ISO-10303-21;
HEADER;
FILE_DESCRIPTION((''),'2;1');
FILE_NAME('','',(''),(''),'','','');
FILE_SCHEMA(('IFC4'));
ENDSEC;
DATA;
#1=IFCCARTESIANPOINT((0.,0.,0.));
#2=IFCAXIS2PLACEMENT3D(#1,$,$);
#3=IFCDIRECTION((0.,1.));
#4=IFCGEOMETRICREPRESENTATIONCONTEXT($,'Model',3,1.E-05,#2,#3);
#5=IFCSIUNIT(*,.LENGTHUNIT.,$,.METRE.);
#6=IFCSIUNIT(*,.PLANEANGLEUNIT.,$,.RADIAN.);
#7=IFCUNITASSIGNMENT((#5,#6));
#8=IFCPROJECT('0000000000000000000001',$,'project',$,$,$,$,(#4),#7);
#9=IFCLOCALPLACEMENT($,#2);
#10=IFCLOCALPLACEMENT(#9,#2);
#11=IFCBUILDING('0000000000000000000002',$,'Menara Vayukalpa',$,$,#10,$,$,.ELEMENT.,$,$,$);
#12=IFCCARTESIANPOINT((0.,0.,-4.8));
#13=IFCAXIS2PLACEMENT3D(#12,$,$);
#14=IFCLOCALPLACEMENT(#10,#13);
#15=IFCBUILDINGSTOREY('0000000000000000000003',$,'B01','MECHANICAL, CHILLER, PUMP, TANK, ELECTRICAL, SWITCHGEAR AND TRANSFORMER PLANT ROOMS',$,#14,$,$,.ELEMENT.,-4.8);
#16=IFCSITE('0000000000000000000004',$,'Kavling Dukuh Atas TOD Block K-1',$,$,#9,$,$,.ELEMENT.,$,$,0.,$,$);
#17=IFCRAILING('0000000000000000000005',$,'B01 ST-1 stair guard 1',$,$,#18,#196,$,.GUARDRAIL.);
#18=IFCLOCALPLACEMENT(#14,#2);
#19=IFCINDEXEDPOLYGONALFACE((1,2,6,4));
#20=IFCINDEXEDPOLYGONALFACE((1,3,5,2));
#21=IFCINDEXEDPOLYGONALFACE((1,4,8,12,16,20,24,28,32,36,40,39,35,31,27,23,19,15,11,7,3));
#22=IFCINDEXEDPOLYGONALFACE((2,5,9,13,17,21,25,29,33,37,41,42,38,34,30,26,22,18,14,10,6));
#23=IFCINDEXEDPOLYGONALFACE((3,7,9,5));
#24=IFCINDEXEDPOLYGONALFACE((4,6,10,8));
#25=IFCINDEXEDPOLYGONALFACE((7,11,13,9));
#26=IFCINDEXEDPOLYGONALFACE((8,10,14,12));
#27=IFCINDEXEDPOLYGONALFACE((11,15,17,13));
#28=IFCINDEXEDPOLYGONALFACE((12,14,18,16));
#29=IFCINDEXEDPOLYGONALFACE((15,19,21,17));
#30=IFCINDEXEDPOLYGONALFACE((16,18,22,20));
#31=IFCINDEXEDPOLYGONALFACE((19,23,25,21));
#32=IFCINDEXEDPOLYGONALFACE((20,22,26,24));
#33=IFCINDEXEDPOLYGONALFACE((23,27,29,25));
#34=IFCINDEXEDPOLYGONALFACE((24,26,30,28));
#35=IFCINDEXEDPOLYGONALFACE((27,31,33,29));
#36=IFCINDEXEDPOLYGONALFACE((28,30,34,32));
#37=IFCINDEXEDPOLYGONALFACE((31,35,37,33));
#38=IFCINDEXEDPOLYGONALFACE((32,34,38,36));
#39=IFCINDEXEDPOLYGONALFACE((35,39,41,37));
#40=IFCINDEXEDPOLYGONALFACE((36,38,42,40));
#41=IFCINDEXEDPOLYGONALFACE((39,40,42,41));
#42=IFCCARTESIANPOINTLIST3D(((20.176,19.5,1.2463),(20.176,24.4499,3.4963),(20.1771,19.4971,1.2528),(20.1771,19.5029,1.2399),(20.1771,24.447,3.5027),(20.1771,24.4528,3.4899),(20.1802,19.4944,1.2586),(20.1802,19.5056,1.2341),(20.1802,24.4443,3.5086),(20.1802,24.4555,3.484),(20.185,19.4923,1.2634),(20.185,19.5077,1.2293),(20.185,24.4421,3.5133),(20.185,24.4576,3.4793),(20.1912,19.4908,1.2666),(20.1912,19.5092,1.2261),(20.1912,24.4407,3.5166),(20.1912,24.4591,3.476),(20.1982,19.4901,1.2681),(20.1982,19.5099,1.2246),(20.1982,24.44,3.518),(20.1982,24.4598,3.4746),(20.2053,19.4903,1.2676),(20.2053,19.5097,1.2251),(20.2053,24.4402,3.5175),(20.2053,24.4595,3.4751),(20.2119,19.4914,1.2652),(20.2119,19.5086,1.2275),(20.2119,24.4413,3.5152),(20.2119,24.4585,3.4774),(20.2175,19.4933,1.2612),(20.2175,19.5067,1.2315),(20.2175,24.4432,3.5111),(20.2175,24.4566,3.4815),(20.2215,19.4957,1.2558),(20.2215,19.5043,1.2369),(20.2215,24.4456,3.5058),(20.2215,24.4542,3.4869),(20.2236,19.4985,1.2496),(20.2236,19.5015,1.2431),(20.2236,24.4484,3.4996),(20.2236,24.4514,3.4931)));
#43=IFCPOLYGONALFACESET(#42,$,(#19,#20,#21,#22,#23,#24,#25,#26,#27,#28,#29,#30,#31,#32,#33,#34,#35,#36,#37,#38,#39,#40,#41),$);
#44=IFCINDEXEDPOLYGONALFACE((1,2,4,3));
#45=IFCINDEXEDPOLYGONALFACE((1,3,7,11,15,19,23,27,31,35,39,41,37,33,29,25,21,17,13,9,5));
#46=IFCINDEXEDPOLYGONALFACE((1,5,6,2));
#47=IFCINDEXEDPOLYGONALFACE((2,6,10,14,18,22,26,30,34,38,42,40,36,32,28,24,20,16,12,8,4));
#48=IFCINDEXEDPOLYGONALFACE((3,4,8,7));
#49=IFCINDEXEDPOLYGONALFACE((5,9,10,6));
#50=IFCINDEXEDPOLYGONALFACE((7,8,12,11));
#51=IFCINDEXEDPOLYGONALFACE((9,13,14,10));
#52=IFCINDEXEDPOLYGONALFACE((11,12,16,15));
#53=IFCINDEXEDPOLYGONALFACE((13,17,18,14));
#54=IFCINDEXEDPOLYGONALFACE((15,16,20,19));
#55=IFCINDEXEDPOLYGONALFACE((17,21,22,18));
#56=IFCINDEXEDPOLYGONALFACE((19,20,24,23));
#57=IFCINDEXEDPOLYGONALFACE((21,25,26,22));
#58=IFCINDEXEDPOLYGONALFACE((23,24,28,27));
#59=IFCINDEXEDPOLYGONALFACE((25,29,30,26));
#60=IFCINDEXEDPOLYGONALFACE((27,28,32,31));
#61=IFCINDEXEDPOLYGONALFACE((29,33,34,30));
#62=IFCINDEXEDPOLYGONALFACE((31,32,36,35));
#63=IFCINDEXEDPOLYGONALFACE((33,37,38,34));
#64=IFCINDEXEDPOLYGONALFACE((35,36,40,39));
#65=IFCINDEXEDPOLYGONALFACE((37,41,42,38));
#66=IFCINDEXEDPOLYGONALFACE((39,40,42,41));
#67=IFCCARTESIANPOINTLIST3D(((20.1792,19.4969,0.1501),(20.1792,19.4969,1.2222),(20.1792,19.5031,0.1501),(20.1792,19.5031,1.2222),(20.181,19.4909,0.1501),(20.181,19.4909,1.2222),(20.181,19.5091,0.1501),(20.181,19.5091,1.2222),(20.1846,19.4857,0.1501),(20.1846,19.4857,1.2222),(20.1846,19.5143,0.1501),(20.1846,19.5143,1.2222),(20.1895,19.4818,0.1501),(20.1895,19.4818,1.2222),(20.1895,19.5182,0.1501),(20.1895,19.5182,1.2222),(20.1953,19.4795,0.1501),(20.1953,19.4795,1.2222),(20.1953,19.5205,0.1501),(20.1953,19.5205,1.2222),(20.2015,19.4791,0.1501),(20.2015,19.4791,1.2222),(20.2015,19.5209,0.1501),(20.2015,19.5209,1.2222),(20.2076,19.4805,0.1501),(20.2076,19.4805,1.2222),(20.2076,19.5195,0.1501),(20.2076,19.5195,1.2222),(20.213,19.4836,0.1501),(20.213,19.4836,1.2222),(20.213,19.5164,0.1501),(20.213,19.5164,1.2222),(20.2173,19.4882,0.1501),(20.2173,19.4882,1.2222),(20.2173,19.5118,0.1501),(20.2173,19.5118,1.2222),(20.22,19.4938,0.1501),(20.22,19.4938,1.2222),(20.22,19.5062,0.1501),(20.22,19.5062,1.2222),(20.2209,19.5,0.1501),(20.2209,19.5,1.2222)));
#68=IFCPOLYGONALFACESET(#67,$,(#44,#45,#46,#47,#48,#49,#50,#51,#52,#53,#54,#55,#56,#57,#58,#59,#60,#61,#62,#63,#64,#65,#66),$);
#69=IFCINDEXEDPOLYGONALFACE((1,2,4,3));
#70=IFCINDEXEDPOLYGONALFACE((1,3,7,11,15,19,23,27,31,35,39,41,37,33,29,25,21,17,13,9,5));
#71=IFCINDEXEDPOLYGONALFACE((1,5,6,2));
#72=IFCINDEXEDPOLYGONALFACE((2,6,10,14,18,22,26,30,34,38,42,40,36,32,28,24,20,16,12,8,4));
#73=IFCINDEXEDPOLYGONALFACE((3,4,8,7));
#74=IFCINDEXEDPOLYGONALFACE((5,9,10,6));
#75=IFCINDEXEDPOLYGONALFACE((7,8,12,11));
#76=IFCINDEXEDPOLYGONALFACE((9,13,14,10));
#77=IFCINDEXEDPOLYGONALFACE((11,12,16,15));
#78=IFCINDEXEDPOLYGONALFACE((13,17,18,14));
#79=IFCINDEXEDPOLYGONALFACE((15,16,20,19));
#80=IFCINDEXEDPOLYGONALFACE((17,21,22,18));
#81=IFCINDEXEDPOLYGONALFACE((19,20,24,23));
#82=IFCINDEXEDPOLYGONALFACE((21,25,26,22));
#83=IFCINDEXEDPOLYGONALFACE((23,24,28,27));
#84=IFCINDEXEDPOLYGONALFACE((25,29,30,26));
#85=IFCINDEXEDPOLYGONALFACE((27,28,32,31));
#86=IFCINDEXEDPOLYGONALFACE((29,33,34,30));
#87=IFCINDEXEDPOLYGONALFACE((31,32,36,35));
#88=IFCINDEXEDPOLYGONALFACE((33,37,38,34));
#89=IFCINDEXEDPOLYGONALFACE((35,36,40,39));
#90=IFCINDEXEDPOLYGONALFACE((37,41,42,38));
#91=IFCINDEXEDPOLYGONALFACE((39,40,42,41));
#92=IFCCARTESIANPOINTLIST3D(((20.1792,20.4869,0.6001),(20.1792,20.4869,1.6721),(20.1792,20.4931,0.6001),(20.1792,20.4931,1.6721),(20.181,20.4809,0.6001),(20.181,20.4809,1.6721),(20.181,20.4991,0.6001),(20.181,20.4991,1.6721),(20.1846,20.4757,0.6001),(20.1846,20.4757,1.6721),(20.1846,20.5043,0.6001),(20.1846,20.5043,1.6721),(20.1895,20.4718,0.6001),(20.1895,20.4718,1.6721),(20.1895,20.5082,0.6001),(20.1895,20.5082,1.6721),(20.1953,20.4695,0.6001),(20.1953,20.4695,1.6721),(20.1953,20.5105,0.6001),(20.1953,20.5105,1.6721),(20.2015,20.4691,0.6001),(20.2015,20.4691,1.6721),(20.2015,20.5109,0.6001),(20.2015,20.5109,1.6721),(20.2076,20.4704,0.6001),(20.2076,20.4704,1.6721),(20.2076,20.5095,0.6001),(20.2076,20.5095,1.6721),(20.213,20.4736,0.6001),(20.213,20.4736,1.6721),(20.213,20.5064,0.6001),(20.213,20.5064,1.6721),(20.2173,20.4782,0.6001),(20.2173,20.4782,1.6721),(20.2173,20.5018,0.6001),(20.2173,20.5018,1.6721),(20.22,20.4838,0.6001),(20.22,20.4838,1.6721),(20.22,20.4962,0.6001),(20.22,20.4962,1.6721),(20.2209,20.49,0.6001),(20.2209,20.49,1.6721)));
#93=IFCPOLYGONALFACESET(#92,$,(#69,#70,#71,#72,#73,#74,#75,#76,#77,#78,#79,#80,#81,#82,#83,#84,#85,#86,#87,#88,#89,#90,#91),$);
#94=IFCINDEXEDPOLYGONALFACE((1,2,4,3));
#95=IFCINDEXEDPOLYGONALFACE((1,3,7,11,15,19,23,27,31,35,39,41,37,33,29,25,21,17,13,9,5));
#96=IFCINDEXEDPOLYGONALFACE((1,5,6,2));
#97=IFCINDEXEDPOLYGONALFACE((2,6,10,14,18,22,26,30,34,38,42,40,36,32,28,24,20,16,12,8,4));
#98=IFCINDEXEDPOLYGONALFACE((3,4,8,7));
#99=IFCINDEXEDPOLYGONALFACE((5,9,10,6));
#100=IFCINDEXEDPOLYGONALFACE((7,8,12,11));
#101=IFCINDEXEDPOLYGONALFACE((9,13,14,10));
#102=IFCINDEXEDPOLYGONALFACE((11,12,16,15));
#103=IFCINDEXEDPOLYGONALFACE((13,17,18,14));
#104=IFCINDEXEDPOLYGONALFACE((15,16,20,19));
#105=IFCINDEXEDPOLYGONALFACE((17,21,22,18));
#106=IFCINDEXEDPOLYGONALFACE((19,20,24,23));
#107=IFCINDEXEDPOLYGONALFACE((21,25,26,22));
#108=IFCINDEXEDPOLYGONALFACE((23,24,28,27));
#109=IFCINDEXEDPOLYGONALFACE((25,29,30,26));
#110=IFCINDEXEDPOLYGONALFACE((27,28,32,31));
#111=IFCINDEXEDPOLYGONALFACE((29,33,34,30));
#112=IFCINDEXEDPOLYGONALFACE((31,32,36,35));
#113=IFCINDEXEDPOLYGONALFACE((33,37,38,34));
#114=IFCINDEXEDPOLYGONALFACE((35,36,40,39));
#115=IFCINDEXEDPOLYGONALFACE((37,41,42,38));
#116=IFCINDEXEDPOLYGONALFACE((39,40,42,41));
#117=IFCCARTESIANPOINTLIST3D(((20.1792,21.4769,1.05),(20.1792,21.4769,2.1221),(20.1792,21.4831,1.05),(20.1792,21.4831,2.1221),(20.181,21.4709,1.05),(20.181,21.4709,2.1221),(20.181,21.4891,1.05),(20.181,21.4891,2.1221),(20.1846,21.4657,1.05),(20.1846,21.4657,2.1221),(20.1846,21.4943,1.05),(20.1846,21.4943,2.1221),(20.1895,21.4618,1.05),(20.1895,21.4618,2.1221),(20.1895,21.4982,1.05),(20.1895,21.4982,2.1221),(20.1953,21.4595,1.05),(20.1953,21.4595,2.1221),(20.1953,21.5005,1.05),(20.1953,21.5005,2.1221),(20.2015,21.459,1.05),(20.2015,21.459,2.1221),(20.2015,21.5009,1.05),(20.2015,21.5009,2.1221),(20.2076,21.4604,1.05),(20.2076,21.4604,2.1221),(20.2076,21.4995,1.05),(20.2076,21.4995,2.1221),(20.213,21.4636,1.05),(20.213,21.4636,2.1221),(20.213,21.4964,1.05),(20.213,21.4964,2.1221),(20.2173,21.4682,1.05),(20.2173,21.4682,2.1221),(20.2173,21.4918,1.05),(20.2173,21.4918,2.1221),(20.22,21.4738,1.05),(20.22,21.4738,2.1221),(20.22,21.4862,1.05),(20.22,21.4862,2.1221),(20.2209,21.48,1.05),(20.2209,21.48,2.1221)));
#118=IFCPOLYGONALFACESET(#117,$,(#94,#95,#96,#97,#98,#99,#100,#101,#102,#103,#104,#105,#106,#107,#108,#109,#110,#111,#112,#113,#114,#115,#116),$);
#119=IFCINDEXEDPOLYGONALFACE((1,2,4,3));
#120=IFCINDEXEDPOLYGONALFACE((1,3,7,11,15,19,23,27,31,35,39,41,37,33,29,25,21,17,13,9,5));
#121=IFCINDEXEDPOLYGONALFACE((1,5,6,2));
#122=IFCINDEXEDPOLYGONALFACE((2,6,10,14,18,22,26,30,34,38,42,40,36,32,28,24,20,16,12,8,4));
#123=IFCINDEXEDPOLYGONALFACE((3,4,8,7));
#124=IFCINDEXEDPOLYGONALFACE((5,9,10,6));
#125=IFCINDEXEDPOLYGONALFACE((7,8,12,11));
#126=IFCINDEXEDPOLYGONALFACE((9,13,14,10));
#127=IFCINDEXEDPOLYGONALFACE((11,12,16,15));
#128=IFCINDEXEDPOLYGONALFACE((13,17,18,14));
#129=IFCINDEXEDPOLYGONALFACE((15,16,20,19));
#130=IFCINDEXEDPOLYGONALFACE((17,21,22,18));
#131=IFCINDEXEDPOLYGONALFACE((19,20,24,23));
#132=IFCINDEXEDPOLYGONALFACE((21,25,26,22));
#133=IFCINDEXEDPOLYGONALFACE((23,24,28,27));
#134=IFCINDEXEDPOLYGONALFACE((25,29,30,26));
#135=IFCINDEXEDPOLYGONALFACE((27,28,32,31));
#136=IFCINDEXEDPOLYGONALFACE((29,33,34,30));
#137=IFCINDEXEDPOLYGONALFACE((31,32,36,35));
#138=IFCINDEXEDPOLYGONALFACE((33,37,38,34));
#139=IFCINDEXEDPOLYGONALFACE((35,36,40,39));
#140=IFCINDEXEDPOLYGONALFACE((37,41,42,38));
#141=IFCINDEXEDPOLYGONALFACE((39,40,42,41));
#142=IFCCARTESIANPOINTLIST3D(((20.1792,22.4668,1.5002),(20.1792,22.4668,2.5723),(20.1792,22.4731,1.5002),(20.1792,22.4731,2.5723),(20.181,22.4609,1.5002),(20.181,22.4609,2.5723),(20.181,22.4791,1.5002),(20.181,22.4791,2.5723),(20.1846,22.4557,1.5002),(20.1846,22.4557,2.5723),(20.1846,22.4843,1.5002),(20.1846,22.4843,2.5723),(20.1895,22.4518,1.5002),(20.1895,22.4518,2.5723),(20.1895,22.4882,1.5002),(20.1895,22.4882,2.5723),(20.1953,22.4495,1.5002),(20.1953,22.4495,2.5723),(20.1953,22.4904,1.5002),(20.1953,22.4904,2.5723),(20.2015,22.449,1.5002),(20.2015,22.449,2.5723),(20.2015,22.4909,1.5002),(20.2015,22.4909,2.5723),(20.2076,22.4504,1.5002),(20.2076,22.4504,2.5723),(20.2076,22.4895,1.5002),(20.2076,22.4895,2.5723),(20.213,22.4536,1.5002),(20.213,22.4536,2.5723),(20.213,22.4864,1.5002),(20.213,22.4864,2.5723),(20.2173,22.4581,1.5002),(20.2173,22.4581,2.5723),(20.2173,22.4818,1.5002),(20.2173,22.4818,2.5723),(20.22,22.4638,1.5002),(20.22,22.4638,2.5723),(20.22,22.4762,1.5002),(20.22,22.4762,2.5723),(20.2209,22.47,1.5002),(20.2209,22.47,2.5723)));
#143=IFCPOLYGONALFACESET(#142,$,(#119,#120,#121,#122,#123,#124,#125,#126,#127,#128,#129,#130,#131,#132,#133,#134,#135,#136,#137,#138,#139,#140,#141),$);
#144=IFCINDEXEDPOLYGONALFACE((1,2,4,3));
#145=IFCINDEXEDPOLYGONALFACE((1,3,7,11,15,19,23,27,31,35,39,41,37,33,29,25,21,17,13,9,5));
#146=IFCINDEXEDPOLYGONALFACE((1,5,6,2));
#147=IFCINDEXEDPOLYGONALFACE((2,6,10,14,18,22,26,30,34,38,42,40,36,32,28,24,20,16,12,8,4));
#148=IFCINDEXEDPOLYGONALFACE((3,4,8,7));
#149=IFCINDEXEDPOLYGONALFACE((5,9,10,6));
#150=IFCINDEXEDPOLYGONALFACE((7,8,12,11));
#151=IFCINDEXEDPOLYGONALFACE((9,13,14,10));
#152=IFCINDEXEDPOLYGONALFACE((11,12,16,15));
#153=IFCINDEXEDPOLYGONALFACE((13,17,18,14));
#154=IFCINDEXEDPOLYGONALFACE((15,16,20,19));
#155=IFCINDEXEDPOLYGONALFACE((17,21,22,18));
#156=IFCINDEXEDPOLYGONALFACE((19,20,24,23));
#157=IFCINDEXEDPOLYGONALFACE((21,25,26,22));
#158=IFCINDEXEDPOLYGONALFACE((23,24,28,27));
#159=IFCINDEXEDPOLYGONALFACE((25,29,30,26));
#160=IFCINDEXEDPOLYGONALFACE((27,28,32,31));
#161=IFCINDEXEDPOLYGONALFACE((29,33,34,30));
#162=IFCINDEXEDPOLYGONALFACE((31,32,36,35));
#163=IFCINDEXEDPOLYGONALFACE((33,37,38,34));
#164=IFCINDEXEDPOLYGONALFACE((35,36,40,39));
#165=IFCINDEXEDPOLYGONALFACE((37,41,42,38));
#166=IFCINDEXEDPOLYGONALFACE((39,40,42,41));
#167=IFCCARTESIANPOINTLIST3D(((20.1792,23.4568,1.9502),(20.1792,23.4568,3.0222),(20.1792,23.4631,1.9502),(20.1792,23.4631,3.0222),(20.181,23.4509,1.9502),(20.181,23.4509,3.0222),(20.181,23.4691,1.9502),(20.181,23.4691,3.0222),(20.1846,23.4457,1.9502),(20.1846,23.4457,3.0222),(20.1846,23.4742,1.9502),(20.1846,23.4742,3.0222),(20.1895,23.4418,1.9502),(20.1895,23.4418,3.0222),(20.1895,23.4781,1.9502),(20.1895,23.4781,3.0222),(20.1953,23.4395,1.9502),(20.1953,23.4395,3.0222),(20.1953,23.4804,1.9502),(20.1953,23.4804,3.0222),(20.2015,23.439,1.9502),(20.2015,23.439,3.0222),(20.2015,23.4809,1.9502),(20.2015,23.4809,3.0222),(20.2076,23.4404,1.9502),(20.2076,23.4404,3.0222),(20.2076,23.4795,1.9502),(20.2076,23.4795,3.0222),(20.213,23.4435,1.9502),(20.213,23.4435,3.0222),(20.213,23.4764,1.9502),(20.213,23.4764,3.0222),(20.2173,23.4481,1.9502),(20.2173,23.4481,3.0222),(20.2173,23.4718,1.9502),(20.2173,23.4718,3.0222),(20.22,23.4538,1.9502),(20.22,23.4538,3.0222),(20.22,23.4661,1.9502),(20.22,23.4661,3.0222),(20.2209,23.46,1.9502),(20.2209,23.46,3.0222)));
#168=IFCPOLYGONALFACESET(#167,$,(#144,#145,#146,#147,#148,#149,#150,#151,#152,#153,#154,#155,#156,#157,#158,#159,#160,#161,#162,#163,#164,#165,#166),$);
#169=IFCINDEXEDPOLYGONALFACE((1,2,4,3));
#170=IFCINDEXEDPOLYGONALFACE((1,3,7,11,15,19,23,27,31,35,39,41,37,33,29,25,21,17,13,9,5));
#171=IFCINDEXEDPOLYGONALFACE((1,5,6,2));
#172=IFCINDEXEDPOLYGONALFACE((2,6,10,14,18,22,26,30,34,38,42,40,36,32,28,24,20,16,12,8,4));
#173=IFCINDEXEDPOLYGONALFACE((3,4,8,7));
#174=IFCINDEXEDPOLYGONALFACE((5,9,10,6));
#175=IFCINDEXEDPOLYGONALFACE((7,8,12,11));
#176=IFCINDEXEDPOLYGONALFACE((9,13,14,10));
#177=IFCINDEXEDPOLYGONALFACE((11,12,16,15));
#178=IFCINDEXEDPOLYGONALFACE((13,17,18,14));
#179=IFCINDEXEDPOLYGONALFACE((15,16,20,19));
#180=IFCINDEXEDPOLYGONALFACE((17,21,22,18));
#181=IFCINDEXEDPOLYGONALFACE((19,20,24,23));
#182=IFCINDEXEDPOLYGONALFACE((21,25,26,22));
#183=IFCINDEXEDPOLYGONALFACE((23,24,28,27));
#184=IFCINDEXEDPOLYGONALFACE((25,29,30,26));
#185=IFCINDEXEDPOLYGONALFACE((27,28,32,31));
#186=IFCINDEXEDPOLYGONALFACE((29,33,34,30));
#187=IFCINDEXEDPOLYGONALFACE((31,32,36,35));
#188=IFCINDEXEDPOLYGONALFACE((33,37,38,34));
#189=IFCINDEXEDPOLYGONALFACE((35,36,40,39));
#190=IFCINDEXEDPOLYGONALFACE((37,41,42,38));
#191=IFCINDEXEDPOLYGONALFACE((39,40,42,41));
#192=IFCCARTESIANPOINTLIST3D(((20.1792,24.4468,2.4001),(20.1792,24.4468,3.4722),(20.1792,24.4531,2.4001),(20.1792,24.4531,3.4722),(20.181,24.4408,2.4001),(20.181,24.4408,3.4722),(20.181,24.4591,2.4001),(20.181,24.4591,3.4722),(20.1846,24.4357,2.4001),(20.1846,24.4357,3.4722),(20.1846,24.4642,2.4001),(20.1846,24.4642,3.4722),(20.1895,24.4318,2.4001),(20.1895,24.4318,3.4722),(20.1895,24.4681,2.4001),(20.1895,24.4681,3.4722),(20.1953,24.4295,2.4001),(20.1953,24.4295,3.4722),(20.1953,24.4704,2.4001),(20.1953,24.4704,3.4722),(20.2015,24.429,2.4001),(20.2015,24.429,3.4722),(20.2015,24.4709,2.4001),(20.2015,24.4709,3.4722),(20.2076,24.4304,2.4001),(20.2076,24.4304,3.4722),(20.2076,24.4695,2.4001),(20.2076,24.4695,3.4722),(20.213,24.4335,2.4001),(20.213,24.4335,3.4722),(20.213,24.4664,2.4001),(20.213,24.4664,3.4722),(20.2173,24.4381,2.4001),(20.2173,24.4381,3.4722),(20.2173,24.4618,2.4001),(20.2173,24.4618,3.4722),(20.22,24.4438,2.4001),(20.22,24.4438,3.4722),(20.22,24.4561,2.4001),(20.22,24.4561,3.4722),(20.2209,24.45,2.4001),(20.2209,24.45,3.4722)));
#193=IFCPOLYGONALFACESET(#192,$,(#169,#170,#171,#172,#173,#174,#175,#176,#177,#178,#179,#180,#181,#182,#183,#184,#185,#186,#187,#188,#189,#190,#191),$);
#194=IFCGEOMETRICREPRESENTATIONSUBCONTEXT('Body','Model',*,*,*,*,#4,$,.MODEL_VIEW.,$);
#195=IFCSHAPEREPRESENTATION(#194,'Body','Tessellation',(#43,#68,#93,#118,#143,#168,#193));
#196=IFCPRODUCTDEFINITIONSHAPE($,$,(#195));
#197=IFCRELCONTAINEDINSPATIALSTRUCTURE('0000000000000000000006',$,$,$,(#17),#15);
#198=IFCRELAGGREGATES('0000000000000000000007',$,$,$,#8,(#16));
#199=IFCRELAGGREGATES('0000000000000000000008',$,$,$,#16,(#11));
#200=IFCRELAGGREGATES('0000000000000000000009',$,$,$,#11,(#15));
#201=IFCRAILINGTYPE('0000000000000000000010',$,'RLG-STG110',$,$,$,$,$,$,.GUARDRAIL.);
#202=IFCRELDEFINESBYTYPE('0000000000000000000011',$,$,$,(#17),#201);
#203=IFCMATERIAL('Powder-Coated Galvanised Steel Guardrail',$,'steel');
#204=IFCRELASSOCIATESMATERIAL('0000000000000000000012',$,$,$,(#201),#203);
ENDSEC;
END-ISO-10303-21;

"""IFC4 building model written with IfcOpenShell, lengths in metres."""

from ifc_helpers import new_model, si_unit, direction, frame, origin, origin_2d, place, context, subcontext, project, spatial, circle, extrude, material, type_object, element, save


model = new_model("IFC4")

# Units and contexts
model_context = context("Model", 3, precision=1e-05, world=origin(), true_north=direction((0.0, 1.0)))
body_context = subcontext(model_context, "Body", "Model", "MODEL_VIEW")
ifc_project = project(units=[si_unit("LENGTHUNIT", "METRE"), si_unit("PLANEANGLEUNIT", "RADIAN")], contexts=[model_context])

# Site, building, storey
site_placement = place(None, origin())
site = spatial("IfcSite", under=ifc_project, at=site_placement, Name="Kavling Dukuh Atas TOD Block K-1", CompositionType="ELEMENT", RefElevation=0.0)
building_placement = place(site_placement, origin())
building = spatial("IfcBuilding", under=site, at=building_placement, Name="Menara Vayukalpa", CompositionType="ELEMENT")
storey_placement = place(building_placement, frame((0.0, 0.0, -4.8)))
storey = spatial("IfcBuildingStorey", under=building, at=storey_placement, Name="B01", Description="MECHANICAL, CHILLER, PUMP, TANK, ELECTRICAL, SWITCHGEAR AND TRANSFORMER PLANT ROOMS", CompositionType="ELEMENT", Elevation=-4.8)

# Railing
ifc_material_1 = material(Name="Powder-Coated Galvanised Steel Guardrail", Category="steel")
railing_type_1 = type_object("IfcRailingType", Name="RLG-STG110", PredefinedType="GUARDRAIL", material=ifc_material_1)
railing_1_placement = place(storey_placement, frame((20.2, 19.5, 0.1501)))
element("IfcRailing", 1, at=railing_1_placement, inside=storey, type_object=railing_type_1, Name="B01 ST-1 stair guard 1", PredefinedType="GUARDRAIL", context=body_context, shape_type="SweptSolid", body=[
    extrude(circle(Radius=0.0239, at=origin_2d()), frame((0.0, 0.0, 1.0962), z_axis=(0.0, 0.910365, 0.413806), x_axis=(-1.0, 0.0, 0.0)), (0.0, 0.0, 1.0), 5.4373),
    extrude(circle(Radius=0.021, at=origin_2d()), origin(), (0.0, 0.0, 1.0), 1.072),
    extrude(circle(Radius=0.021, at=origin_2d()), frame((0.0, 0.99, 0.45)), (0.0, 0.0, 1.0), 1.072),
    extrude(circle(Radius=0.021, at=origin_2d()), frame((0.0, 1.98, 0.8999)), (0.0, 0.0, 1.0), 1.072),
    extrude(circle(Radius=0.021, at=origin_2d()), frame((0.0, 2.97, 1.3501)), (0.0, 0.0, 1.0), 1.072),
    extrude(circle(Radius=0.021, at=origin_2d()), frame((0.0, 3.96, 1.8)), (0.0, 0.0, 1.0), 1.072),
    extrude(circle(Radius=0.021, at=origin_2d()), frame((0.0, 4.95, 2.25)), (0.0, 0.0, 1.0), 1.072),
])

save(model, "model.ifc")
